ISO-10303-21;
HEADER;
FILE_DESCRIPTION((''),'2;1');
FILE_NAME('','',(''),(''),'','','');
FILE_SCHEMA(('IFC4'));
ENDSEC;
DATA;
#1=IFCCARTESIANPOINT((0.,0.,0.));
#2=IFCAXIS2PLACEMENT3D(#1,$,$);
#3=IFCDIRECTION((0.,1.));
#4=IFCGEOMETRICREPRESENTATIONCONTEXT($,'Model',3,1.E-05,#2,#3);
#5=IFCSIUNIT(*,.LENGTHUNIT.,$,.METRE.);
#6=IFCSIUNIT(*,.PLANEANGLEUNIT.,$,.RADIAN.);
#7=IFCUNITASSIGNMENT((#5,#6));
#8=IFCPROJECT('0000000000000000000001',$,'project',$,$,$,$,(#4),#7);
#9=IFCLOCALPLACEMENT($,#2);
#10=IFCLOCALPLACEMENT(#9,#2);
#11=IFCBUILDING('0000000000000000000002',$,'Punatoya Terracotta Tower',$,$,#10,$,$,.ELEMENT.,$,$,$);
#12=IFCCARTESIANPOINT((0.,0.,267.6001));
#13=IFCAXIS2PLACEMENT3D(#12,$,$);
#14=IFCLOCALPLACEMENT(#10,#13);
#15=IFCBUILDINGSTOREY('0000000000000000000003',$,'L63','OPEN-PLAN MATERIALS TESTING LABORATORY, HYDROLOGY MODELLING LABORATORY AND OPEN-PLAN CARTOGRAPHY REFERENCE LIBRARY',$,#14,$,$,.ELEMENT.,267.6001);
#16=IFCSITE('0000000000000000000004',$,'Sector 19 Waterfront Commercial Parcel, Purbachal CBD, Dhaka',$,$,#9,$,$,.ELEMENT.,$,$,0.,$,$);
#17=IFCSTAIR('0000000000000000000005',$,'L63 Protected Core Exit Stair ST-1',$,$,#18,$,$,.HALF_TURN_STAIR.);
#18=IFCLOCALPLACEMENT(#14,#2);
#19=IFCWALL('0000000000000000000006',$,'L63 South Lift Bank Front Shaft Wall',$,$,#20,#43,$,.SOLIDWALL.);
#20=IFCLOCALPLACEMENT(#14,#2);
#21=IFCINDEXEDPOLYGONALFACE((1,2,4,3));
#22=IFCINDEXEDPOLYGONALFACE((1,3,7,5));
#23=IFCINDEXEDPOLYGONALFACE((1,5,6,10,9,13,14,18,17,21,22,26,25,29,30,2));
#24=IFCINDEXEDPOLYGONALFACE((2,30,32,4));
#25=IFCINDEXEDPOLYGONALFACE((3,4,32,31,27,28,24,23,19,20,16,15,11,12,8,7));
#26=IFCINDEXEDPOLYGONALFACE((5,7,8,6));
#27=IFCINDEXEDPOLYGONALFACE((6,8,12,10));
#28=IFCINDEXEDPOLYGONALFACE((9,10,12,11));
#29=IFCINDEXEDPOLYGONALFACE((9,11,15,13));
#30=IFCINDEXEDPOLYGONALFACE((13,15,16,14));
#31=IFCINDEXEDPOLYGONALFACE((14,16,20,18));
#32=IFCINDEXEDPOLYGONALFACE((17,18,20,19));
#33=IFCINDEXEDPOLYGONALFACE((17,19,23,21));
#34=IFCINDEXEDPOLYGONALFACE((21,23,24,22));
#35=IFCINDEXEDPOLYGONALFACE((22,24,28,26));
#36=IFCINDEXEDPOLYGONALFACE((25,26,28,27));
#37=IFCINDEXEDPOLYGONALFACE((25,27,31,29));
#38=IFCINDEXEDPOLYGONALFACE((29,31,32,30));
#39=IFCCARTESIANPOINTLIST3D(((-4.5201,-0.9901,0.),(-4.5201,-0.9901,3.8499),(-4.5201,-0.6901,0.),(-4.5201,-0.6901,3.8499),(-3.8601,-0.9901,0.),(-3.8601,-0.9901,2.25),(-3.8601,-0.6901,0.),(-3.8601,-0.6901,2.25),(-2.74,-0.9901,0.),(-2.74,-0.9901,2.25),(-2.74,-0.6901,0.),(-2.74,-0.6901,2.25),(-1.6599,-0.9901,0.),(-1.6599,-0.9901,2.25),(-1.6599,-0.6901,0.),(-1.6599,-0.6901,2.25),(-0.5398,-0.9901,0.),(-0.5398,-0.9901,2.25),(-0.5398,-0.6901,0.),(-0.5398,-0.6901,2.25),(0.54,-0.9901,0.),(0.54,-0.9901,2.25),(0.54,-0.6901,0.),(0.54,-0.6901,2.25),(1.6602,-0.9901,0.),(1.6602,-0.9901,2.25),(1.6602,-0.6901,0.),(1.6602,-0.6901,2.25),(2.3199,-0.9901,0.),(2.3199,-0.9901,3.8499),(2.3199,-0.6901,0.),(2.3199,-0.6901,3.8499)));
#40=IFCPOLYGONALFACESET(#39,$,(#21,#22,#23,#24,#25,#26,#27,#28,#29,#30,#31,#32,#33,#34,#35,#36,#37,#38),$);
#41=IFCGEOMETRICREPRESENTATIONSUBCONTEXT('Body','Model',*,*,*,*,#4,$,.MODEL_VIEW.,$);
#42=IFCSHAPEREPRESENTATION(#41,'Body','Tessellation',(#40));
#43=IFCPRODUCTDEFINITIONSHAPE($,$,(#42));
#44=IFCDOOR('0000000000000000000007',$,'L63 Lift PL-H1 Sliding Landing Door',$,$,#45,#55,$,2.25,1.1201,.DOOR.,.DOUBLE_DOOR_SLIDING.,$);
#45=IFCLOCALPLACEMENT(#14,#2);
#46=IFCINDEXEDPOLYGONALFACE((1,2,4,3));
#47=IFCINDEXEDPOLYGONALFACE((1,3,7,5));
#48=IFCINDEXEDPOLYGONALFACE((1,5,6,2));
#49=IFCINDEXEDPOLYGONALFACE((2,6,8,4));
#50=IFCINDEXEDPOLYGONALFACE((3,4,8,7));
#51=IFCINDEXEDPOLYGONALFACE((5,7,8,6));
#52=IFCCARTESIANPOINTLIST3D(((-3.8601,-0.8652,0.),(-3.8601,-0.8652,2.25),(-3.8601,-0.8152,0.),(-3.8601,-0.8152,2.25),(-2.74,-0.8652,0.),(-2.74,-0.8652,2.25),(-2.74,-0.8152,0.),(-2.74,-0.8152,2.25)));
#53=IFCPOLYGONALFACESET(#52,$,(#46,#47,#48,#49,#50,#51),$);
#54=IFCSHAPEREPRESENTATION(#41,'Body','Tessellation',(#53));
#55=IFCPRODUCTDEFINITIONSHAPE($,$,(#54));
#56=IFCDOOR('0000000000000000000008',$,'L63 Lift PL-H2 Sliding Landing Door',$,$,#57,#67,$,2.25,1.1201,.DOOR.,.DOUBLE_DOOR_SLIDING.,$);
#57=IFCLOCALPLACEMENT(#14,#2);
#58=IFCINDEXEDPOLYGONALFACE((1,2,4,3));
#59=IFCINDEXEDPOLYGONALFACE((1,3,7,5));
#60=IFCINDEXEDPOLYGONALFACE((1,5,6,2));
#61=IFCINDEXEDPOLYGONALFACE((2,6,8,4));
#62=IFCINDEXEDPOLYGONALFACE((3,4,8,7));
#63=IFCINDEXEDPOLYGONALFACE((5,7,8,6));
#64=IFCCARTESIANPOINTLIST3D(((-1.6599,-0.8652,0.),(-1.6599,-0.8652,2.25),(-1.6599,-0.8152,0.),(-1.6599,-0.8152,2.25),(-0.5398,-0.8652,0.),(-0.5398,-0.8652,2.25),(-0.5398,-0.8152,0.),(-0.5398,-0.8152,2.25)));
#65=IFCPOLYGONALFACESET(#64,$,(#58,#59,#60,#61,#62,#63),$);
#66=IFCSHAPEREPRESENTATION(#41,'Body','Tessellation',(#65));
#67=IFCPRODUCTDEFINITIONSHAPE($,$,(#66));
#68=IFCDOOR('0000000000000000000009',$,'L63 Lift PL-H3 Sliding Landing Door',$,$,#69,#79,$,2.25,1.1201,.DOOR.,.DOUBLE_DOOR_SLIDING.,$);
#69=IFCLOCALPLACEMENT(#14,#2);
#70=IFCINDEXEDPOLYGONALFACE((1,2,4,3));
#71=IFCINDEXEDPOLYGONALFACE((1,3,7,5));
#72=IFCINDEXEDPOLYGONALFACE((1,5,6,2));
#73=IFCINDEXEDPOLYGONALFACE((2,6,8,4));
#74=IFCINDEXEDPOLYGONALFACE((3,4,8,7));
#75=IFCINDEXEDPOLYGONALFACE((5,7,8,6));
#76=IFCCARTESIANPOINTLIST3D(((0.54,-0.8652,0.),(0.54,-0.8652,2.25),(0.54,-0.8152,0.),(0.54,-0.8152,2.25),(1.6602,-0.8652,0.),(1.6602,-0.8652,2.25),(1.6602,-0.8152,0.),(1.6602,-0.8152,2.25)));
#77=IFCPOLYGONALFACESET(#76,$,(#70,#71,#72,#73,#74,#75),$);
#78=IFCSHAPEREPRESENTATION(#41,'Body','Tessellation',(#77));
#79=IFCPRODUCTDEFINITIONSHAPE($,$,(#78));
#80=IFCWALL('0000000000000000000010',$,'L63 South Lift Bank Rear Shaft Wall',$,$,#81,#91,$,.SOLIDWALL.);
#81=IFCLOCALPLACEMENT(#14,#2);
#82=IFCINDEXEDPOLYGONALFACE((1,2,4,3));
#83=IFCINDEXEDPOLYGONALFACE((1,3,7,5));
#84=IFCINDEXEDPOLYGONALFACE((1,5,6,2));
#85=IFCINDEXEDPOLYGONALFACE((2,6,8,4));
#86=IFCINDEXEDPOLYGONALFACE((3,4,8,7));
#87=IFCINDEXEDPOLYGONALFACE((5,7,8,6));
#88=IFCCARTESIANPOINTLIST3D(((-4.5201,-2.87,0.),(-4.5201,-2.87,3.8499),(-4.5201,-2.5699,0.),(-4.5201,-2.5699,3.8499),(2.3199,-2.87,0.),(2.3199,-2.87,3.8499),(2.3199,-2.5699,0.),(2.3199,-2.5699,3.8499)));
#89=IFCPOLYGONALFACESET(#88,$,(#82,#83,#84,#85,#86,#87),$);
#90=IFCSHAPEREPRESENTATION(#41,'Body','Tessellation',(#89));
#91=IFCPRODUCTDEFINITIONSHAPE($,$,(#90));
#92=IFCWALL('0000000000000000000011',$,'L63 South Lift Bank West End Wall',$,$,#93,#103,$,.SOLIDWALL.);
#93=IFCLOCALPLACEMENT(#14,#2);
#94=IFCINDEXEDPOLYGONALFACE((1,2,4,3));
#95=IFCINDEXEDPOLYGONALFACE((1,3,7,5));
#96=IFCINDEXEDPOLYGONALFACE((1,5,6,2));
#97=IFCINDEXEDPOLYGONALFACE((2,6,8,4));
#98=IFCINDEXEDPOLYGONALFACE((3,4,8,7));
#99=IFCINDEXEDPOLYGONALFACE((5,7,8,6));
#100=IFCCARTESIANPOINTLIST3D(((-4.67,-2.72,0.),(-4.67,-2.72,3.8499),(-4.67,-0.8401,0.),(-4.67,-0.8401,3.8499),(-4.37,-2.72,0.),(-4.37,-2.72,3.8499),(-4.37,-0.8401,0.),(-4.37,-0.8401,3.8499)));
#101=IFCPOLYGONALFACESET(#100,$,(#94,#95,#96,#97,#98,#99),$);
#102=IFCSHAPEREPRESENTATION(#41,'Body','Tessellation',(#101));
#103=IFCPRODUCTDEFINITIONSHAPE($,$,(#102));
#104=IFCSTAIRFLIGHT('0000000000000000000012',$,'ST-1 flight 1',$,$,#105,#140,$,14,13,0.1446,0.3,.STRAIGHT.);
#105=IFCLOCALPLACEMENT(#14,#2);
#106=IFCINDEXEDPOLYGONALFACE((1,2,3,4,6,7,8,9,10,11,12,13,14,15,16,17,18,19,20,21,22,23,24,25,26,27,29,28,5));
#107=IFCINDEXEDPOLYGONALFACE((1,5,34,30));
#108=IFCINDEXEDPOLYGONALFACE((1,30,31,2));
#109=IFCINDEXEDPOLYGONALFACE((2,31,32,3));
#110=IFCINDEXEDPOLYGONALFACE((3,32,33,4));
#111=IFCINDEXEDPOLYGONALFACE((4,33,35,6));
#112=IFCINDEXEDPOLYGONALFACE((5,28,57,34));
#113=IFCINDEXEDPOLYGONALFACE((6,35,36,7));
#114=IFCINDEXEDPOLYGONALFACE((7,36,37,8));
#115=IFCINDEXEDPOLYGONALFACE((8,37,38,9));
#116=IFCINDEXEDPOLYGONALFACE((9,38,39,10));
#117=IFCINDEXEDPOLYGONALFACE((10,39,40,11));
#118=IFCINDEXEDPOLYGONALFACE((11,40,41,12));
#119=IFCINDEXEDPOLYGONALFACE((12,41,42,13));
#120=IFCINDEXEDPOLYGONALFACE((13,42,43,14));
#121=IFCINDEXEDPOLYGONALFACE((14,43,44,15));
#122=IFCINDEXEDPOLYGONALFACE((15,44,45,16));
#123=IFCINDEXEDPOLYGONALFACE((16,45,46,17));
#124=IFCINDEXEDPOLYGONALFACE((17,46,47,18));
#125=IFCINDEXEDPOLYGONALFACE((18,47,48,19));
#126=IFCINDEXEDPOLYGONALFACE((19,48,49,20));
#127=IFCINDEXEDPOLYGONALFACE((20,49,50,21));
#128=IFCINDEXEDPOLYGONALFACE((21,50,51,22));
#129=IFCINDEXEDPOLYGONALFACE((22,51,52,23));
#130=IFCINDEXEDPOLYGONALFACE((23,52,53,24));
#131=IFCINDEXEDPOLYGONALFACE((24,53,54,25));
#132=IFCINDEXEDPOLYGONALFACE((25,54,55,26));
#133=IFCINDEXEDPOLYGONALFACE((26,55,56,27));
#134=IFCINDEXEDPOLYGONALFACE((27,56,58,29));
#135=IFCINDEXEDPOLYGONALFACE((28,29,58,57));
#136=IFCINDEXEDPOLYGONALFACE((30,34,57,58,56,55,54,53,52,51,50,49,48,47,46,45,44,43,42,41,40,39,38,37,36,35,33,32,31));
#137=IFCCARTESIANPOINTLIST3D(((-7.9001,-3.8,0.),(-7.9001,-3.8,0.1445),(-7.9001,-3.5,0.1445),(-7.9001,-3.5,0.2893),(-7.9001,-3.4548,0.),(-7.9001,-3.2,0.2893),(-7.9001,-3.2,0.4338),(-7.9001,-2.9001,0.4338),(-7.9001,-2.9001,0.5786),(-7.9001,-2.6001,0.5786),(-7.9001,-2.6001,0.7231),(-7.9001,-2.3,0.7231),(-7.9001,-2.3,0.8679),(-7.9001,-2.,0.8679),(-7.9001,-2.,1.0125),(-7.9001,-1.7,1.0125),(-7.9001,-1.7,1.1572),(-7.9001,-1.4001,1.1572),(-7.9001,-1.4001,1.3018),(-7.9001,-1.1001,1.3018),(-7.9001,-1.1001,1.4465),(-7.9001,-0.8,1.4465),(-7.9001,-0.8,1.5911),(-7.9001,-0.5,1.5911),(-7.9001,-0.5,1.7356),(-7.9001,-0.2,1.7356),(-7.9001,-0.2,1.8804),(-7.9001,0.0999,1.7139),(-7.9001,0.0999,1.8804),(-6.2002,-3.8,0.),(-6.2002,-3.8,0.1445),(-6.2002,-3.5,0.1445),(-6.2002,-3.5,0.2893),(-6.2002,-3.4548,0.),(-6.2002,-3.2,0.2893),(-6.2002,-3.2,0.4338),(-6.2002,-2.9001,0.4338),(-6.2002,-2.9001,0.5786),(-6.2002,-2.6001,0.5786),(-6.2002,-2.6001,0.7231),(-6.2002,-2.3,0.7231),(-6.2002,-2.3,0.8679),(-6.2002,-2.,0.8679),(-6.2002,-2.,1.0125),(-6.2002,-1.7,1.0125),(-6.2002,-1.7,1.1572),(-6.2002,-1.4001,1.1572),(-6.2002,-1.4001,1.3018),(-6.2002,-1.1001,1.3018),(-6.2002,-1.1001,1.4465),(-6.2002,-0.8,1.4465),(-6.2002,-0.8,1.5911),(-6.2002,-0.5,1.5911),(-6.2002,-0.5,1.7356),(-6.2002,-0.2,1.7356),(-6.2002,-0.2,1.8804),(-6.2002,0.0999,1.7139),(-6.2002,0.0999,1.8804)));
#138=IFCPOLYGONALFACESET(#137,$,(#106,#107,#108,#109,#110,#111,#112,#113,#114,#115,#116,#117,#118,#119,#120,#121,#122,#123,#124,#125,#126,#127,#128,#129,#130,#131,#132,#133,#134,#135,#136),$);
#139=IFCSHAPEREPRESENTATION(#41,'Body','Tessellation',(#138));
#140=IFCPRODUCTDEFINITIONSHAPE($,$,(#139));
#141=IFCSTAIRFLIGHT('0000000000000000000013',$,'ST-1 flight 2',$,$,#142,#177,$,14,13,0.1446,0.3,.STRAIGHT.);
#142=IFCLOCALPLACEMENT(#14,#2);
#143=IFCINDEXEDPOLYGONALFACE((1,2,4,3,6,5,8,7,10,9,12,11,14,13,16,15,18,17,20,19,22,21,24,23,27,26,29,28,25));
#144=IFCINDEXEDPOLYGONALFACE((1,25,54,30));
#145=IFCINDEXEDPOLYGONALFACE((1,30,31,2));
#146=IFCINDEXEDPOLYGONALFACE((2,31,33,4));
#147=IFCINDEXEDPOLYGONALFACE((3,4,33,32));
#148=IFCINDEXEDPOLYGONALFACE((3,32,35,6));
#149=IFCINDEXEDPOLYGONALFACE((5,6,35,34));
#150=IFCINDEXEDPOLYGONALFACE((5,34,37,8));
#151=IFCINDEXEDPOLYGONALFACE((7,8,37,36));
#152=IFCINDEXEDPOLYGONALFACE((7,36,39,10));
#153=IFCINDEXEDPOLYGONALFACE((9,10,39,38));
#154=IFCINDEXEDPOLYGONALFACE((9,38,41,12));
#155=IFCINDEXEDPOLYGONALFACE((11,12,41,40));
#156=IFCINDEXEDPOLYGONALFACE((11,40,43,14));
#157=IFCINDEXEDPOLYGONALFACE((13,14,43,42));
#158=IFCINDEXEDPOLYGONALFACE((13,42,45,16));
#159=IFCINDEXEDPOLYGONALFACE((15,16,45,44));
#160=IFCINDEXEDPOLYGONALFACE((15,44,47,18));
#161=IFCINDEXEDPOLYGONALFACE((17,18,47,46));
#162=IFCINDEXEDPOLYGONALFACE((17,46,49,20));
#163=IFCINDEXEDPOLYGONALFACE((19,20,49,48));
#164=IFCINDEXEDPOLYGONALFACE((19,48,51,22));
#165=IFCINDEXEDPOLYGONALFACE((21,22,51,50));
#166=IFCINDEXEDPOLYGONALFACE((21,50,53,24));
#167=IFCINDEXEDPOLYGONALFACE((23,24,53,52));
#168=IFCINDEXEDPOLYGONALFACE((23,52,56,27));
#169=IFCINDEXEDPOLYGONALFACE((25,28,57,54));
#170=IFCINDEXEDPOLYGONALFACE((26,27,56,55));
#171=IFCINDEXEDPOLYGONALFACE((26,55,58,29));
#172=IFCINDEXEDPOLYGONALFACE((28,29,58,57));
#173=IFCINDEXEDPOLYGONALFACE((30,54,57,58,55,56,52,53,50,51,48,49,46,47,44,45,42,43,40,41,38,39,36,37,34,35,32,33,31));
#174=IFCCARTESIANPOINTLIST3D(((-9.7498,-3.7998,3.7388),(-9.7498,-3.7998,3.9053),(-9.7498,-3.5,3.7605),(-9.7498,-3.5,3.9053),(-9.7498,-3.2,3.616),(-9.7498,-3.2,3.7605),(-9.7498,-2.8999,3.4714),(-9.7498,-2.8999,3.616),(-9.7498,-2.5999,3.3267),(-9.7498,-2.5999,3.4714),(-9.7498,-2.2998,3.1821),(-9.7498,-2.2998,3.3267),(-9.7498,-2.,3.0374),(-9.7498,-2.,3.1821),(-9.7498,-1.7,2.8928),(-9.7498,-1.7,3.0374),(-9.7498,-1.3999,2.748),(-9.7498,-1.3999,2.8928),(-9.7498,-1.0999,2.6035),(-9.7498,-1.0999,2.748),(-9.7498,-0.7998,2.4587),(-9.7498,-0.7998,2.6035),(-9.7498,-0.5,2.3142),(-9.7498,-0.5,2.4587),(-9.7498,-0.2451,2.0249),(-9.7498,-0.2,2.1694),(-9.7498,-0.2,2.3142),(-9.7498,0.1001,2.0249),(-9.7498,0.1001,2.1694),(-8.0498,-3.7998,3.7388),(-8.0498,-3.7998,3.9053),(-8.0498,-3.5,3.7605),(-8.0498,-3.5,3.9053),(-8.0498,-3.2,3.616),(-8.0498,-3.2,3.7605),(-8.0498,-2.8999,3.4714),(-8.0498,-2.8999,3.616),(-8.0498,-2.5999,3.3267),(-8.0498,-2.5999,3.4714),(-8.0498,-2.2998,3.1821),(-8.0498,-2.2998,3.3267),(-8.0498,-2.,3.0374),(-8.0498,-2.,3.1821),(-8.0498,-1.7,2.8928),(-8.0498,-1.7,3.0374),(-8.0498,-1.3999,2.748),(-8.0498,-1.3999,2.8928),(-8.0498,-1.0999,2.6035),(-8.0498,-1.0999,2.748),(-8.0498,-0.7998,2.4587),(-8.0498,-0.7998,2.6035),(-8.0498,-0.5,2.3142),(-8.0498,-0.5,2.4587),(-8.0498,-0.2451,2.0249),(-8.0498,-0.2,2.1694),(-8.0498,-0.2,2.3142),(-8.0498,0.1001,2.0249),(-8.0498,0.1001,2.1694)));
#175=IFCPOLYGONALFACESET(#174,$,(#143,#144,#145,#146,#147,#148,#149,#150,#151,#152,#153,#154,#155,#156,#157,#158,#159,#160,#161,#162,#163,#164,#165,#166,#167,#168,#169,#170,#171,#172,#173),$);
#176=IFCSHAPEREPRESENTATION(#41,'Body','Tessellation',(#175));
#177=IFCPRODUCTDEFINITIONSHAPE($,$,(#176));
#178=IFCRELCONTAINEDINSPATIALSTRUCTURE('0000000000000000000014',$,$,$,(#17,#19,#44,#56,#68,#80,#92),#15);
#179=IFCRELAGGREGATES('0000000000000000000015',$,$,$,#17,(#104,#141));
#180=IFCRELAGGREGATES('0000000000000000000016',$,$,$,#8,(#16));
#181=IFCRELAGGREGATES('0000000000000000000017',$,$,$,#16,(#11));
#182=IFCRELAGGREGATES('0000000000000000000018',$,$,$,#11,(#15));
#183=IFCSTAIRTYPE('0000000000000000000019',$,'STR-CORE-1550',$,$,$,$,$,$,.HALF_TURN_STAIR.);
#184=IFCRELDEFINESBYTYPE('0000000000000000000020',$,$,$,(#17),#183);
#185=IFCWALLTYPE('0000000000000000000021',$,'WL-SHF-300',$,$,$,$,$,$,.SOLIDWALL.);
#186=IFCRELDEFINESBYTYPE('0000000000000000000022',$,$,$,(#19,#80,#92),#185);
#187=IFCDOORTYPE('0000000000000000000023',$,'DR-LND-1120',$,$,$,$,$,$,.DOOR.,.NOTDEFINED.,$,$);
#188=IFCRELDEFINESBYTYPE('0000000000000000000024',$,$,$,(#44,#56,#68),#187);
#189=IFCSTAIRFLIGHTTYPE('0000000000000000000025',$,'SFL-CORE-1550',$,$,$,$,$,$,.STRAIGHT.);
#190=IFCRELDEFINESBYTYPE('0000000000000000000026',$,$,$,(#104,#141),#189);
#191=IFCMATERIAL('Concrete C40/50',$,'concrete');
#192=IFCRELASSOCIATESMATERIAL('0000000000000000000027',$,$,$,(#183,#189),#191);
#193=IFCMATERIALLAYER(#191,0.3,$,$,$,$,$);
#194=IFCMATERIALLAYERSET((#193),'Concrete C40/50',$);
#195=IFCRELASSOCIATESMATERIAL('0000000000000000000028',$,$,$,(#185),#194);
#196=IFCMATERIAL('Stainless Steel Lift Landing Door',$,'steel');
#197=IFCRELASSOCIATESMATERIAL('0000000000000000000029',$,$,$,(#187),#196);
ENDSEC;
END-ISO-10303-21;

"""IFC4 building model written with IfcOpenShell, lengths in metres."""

from ifc_helpers import new_model, si_unit, direction, frame, frame_2d, origin, place, context, subcontext, project, spatial, polyline, rectangle, outline, extrude, material, layer, layer_set, type_object, element, fill, aggregate, save


model = new_model("IFC4")

# Units and contexts
model_context = context("Model", 3, precision=1e-05, world=origin(), true_north=direction((0.0, 1.0)))
body_context = subcontext(model_context, "Body", "Model", "MODEL_VIEW")
ifc_project = project(units=[si_unit("LENGTHUNIT", "METRE"), si_unit("PLANEANGLEUNIT", "RADIAN")], contexts=[model_context])

# Site, building, storey
site_placement = place(None, origin())
site = spatial("IfcSite", under=ifc_project, at=site_placement, Name="Sector 19 Waterfront Commercial Parcel, Purbachal CBD, Dhaka", CompositionType="ELEMENT", RefElevation=0.0)
building_placement = place(site_placement, origin())
building = spatial("IfcBuilding", under=site, at=building_placement, Name="Punatoya Terracotta Tower", CompositionType="ELEMENT")
storey_placement = place(building_placement, frame((0.0, 0.0, 267.6001)))
storey = spatial("IfcBuildingStorey", under=building, at=storey_placement, Name="L63", Description="OPEN-PLAN MATERIALS TESTING LABORATORY, HYDROLOGY MODELLING LABORATORY AND OPEN-PLAN CARTOGRAPHY REFERENCE LIBRARY", CompositionType="ELEMENT", Elevation=267.6001)

# Stair
ifc_material_1 = material(Name="Concrete C40/50", Category="concrete")
stair_type_1 = type_object("IfcStairType", Name="STR-CORE-1550", PredefinedType="HALF_TURN_STAIR", material=ifc_material_1)
stair_1_placement = place(storey_placement, origin())
stair_1 = element("IfcStair", 1, at=stair_1_placement, inside=storey, type_object=stair_type_1, Name="L63 Protected Core Exit Stair ST-1", PredefinedType="HALF_TURN_STAIR")

# Wall, openings, doors
ifc_layer_1 = layer(ifc_material_1, 0.3)
ifc_layer_set_1 = layer_set([ifc_layer_1], Name="Concrete C40/50")
wall_type_1 = type_object("IfcWallType", Name="WL-SHF-300", PredefinedType="SOLIDWALL", material=ifc_layer_set_1)
wall_1_placement = place(storey_placement, frame((-4.52, -0.8401, 0.0), z_axis=(0.0, 0.0, 1.0), x_axis=(1.0, 0.0, 0.0)))
wall_1 = element("IfcWall", 2, at=wall_1_placement, inside=storey, type_object=wall_type_1, Name="L63 South Lift Bank Front Shaft Wall", PredefinedType="SOLIDWALL", context=body_context, shape_type="SweptSolid", body=[
    extrude(rectangle(XDim=6.8401, YDim=0.3, at=frame_2d((3.4199, 0.0))), origin(), (0.0, 0.0, 1.0), 3.8499),
])
opening_1_placement = place(wall_1_placement, frame((0.6599, 0.0, 0.0)))
opening_1 = element("IfcOpeningElement", 3, at=opening_1_placement, cuts=wall_1, PredefinedType="OPENING", context=body_context, shape_type="SweptSolid", body=[
    extrude(rectangle(XDim=1.1201, YDim=2.25, at=frame_2d((0.5601, 1.125))), frame((0.0, 0.1599, 0.0), z_axis=(0.0, -1.0, 0.0), x_axis=(1.0, 0.0, 0.0)), (0.0, 0.0, 1.0), 0.3201),
])
opening_2_placement = place(wall_1_placement, frame((2.8601, 0.0, 0.0)))
opening_2 = element("IfcOpeningElement", 4, at=opening_2_placement, cuts=wall_1, PredefinedType="OPENING", context=body_context, shape_type="SweptSolid", body=[
    extrude(rectangle(XDim=1.1201, YDim=2.25, at=frame_2d((0.5601, 1.125))), frame((0.0, 0.1599, 0.0), z_axis=(0.0, -1.0, 0.0), x_axis=(1.0, 0.0, 0.0)), (0.0, 0.0, 1.0), 0.3201),
])
opening_3_placement = place(wall_1_placement, frame((5.0601, 0.0, 0.0)))
opening_3 = element("IfcOpeningElement", 5, at=opening_3_placement, cuts=wall_1, PredefinedType="OPENING", context=body_context, shape_type="SweptSolid", body=[
    extrude(rectangle(XDim=1.1201, YDim=2.25, at=frame_2d((0.5601, 1.125))), frame((0.0, 0.1599, 0.0), z_axis=(0.0, -1.0, 0.0), x_axis=(1.0, 0.0, 0.0)), (0.0, 0.0, 1.0), 0.3201),
])
ifc_material_2 = material(Name="Stainless Steel Lift Landing Door", Category="steel")
door_type_1 = type_object("IfcDoorType", Name="DR-LND-1120", OperationType="NOTDEFINED", PredefinedType="DOOR", material=ifc_material_2)
door_1_placement = place(opening_1_placement, origin())
door_1 = element("IfcDoor", 6, at=door_1_placement, inside=storey, type_object=door_type_1, Name="L63 Lift PL-H1 Sliding Landing Door", OperationType="DOUBLE_DOOR_SLIDING", OverallHeight=2.25, OverallWidth=1.1201, PredefinedType="DOOR", context=body_context, shape_type="SweptSolid", body=[
    extrude(rectangle(XDim=1.1201, YDim=2.25, at=frame_2d((0.5601, 1.125))), frame((0.0, 0.0249, 0.0), z_axis=(0.0, -1.0, 0.0), x_axis=(1.0, 0.0, 0.0)), (0.0, 0.0, 1.0), 0.05),
])
fill(opening_1, door_1)
door_2_placement = place(opening_2_placement, origin())
door_2 = element("IfcDoor", 7, at=door_2_placement, inside=storey, type_object=door_type_1, Name="L63 Lift PL-H2 Sliding Landing Door", OperationType="DOUBLE_DOOR_SLIDING", OverallHeight=2.25, OverallWidth=1.1201, PredefinedType="DOOR", context=body_context, shape_type="SweptSolid", body=[
    extrude(rectangle(XDim=1.1201, YDim=2.25, at=frame_2d((0.5601, 1.125))), frame((0.0, 0.0249, 0.0), z_axis=(0.0, -1.0, 0.0), x_axis=(1.0, 0.0, 0.0)), (0.0, 0.0, 1.0), 0.05),
])
fill(opening_2, door_2)
door_3_placement = place(opening_3_placement, origin())
door_3 = element("IfcDoor", 8, at=door_3_placement, inside=storey, type_object=door_type_1, Name="L63 Lift PL-H3 Sliding Landing Door", OperationType="DOUBLE_DOOR_SLIDING", OverallHeight=2.25, OverallWidth=1.1201, PredefinedType="DOOR", context=body_context, shape_type="SweptSolid", body=[
    extrude(rectangle(XDim=1.1201, YDim=2.25, at=frame_2d((0.5601, 1.125))), frame((0.0, 0.0249, 0.0), z_axis=(0.0, -1.0, 0.0), x_axis=(1.0, 0.0, 0.0)), (0.0, 0.0, 1.0), 0.05),
])
fill(opening_3, door_3)

# Walls
wall_2_placement = place(storey_placement, frame((-4.52, -2.72, 0.0), z_axis=(0.0, 0.0, 1.0), x_axis=(1.0, 0.0, 0.0)))
element("IfcWall", 9, at=wall_2_placement, inside=storey, type_object=wall_type_1, Name="L63 South Lift Bank Rear Shaft Wall", PredefinedType="SOLIDWALL", context=body_context, shape_type="SweptSolid", body=[
    extrude(rectangle(XDim=6.8401, YDim=0.3, at=frame_2d((3.4199, 0.0))), origin(), (0.0, 0.0, 1.0), 3.8499),
])
wall_3_placement = place(storey_placement, frame((-4.52, -2.72, 0.0), z_axis=(0.0, 0.0, 1.0), x_axis=(0.0, 1.0, 0.0)))
element("IfcWall", 10, at=wall_3_placement, inside=storey, type_object=wall_type_1, Name="L63 South Lift Bank West End Wall", PredefinedType="SOLIDWALL", context=body_context, shape_type="SweptSolid", body=[
    extrude(rectangle(XDim=1.8799, YDim=0.3, at=frame_2d((0.9399, 0.0))), origin(), (0.0, 0.0, 1.0), 3.8499),
])

# Stair flights
stair_flight_type = type_object("IfcStairFlightType", Name="SFL-CORE-1550", PredefinedType="STRAIGHT", material=ifc_material_1)
stair_flight_1_placement = place(storey_placement, frame((-7.05, -3.8, 0.0), z_axis=(0.0, 0.0, 1.0), x_axis=(0.0, 1.0, 0.0)))
stair_flight_1 = element("IfcStairFlight", 11, at=stair_flight_1_placement, type_object=stair_flight_type, Name="ST-1 flight 1", NumberOfRisers=14, NumberOfTreads=13, PredefinedType="STRAIGHT", RiserHeight=0.1446, TreadLength=0.3, context=body_context, shape_type="SweptSolid", body=[
    extrude(outline(polyline([(0.0, 0.0), (0.0, 0.1445), (0.3, 0.1445), (0.3, 0.2893), (0.6001, 0.2893), (0.6001, 0.4338), (0.8999, 0.4338), (0.8999, 0.5786), (1.2, 0.5786), (1.2, 0.7231), (1.5, 0.7231), (1.5, 0.8679), (1.8, 0.8679), (1.8, 1.0125), (2.1001, 1.0125), (2.1001, 1.1572), (2.3999, 1.1572), (2.3999, 1.3018), (2.7, 1.3018), (2.7, 1.4465), (3.0, 1.4465), (3.0, 1.5911), (3.3, 1.5911), (3.3, 1.7356), (3.6001, 1.7356), (3.6001, 1.8804), (3.8999, 1.8804), (3.8999, 2.0249), (3.8999, 1.7139), (0.3452, 0.0), (0.0, 0.0)])), frame((0.0, 0.8501, 0.0), z_axis=(0.0, -1.0, 0.0), x_axis=(1.0, 0.0, 0.0)), (0.0, 0.0, 1.0), 1.7),
])
stair_flight_2_placement = place(storey_placement, frame((-8.8999, 0.1001, 2.0249), z_axis=(0.0, 0.0, 1.0), x_axis=(0.0, -1.0, 0.0)))
stair_flight_2 = element("IfcStairFlight", 12, at=stair_flight_2_placement, type_object=stair_flight_type, Name="ST-1 flight 2", NumberOfRisers=14, NumberOfTreads=13, PredefinedType="STRAIGHT", RiserHeight=0.1446, TreadLength=0.3, context=body_context, shape_type="SweptSolid", body=[
    extrude(outline(polyline([(0.0, 0.0), (0.0, 0.1445), (0.3, 0.1445), (0.3, 0.2893), (0.6001, 0.2893), (0.6001, 0.4338), (0.8999, 0.4338), (0.8999, 0.5786), (1.2, 0.5786), (1.2, 0.7231), (1.5, 0.7231), (1.5, 0.8679), (1.8, 0.8679), (1.8, 1.0125), (2.1001, 1.0125), (2.1001, 1.1572), (2.3999, 1.1572), (2.3999, 1.3018), (2.7, 1.3018), (2.7, 1.4465), (3.0, 1.4465), (3.0, 1.5911), (3.3, 1.5911), (3.3, 1.7356), (3.6001, 1.7356), (3.6001, 1.8804), (3.8999, 1.8804), (3.8999, 2.0249), (3.8999, 1.7139), (0.3452, 0.0), (0.0, 0.0)])), frame((0.0, 0.8501, 0.0), z_axis=(0.0, -1.0, 0.0), x_axis=(1.0, 0.0, 0.0)), (0.0, 0.0, 1.0), 1.7),
])
aggregate(stair_1, [stair_flight_1, stair_flight_2])

save(model, "model.ifc")
